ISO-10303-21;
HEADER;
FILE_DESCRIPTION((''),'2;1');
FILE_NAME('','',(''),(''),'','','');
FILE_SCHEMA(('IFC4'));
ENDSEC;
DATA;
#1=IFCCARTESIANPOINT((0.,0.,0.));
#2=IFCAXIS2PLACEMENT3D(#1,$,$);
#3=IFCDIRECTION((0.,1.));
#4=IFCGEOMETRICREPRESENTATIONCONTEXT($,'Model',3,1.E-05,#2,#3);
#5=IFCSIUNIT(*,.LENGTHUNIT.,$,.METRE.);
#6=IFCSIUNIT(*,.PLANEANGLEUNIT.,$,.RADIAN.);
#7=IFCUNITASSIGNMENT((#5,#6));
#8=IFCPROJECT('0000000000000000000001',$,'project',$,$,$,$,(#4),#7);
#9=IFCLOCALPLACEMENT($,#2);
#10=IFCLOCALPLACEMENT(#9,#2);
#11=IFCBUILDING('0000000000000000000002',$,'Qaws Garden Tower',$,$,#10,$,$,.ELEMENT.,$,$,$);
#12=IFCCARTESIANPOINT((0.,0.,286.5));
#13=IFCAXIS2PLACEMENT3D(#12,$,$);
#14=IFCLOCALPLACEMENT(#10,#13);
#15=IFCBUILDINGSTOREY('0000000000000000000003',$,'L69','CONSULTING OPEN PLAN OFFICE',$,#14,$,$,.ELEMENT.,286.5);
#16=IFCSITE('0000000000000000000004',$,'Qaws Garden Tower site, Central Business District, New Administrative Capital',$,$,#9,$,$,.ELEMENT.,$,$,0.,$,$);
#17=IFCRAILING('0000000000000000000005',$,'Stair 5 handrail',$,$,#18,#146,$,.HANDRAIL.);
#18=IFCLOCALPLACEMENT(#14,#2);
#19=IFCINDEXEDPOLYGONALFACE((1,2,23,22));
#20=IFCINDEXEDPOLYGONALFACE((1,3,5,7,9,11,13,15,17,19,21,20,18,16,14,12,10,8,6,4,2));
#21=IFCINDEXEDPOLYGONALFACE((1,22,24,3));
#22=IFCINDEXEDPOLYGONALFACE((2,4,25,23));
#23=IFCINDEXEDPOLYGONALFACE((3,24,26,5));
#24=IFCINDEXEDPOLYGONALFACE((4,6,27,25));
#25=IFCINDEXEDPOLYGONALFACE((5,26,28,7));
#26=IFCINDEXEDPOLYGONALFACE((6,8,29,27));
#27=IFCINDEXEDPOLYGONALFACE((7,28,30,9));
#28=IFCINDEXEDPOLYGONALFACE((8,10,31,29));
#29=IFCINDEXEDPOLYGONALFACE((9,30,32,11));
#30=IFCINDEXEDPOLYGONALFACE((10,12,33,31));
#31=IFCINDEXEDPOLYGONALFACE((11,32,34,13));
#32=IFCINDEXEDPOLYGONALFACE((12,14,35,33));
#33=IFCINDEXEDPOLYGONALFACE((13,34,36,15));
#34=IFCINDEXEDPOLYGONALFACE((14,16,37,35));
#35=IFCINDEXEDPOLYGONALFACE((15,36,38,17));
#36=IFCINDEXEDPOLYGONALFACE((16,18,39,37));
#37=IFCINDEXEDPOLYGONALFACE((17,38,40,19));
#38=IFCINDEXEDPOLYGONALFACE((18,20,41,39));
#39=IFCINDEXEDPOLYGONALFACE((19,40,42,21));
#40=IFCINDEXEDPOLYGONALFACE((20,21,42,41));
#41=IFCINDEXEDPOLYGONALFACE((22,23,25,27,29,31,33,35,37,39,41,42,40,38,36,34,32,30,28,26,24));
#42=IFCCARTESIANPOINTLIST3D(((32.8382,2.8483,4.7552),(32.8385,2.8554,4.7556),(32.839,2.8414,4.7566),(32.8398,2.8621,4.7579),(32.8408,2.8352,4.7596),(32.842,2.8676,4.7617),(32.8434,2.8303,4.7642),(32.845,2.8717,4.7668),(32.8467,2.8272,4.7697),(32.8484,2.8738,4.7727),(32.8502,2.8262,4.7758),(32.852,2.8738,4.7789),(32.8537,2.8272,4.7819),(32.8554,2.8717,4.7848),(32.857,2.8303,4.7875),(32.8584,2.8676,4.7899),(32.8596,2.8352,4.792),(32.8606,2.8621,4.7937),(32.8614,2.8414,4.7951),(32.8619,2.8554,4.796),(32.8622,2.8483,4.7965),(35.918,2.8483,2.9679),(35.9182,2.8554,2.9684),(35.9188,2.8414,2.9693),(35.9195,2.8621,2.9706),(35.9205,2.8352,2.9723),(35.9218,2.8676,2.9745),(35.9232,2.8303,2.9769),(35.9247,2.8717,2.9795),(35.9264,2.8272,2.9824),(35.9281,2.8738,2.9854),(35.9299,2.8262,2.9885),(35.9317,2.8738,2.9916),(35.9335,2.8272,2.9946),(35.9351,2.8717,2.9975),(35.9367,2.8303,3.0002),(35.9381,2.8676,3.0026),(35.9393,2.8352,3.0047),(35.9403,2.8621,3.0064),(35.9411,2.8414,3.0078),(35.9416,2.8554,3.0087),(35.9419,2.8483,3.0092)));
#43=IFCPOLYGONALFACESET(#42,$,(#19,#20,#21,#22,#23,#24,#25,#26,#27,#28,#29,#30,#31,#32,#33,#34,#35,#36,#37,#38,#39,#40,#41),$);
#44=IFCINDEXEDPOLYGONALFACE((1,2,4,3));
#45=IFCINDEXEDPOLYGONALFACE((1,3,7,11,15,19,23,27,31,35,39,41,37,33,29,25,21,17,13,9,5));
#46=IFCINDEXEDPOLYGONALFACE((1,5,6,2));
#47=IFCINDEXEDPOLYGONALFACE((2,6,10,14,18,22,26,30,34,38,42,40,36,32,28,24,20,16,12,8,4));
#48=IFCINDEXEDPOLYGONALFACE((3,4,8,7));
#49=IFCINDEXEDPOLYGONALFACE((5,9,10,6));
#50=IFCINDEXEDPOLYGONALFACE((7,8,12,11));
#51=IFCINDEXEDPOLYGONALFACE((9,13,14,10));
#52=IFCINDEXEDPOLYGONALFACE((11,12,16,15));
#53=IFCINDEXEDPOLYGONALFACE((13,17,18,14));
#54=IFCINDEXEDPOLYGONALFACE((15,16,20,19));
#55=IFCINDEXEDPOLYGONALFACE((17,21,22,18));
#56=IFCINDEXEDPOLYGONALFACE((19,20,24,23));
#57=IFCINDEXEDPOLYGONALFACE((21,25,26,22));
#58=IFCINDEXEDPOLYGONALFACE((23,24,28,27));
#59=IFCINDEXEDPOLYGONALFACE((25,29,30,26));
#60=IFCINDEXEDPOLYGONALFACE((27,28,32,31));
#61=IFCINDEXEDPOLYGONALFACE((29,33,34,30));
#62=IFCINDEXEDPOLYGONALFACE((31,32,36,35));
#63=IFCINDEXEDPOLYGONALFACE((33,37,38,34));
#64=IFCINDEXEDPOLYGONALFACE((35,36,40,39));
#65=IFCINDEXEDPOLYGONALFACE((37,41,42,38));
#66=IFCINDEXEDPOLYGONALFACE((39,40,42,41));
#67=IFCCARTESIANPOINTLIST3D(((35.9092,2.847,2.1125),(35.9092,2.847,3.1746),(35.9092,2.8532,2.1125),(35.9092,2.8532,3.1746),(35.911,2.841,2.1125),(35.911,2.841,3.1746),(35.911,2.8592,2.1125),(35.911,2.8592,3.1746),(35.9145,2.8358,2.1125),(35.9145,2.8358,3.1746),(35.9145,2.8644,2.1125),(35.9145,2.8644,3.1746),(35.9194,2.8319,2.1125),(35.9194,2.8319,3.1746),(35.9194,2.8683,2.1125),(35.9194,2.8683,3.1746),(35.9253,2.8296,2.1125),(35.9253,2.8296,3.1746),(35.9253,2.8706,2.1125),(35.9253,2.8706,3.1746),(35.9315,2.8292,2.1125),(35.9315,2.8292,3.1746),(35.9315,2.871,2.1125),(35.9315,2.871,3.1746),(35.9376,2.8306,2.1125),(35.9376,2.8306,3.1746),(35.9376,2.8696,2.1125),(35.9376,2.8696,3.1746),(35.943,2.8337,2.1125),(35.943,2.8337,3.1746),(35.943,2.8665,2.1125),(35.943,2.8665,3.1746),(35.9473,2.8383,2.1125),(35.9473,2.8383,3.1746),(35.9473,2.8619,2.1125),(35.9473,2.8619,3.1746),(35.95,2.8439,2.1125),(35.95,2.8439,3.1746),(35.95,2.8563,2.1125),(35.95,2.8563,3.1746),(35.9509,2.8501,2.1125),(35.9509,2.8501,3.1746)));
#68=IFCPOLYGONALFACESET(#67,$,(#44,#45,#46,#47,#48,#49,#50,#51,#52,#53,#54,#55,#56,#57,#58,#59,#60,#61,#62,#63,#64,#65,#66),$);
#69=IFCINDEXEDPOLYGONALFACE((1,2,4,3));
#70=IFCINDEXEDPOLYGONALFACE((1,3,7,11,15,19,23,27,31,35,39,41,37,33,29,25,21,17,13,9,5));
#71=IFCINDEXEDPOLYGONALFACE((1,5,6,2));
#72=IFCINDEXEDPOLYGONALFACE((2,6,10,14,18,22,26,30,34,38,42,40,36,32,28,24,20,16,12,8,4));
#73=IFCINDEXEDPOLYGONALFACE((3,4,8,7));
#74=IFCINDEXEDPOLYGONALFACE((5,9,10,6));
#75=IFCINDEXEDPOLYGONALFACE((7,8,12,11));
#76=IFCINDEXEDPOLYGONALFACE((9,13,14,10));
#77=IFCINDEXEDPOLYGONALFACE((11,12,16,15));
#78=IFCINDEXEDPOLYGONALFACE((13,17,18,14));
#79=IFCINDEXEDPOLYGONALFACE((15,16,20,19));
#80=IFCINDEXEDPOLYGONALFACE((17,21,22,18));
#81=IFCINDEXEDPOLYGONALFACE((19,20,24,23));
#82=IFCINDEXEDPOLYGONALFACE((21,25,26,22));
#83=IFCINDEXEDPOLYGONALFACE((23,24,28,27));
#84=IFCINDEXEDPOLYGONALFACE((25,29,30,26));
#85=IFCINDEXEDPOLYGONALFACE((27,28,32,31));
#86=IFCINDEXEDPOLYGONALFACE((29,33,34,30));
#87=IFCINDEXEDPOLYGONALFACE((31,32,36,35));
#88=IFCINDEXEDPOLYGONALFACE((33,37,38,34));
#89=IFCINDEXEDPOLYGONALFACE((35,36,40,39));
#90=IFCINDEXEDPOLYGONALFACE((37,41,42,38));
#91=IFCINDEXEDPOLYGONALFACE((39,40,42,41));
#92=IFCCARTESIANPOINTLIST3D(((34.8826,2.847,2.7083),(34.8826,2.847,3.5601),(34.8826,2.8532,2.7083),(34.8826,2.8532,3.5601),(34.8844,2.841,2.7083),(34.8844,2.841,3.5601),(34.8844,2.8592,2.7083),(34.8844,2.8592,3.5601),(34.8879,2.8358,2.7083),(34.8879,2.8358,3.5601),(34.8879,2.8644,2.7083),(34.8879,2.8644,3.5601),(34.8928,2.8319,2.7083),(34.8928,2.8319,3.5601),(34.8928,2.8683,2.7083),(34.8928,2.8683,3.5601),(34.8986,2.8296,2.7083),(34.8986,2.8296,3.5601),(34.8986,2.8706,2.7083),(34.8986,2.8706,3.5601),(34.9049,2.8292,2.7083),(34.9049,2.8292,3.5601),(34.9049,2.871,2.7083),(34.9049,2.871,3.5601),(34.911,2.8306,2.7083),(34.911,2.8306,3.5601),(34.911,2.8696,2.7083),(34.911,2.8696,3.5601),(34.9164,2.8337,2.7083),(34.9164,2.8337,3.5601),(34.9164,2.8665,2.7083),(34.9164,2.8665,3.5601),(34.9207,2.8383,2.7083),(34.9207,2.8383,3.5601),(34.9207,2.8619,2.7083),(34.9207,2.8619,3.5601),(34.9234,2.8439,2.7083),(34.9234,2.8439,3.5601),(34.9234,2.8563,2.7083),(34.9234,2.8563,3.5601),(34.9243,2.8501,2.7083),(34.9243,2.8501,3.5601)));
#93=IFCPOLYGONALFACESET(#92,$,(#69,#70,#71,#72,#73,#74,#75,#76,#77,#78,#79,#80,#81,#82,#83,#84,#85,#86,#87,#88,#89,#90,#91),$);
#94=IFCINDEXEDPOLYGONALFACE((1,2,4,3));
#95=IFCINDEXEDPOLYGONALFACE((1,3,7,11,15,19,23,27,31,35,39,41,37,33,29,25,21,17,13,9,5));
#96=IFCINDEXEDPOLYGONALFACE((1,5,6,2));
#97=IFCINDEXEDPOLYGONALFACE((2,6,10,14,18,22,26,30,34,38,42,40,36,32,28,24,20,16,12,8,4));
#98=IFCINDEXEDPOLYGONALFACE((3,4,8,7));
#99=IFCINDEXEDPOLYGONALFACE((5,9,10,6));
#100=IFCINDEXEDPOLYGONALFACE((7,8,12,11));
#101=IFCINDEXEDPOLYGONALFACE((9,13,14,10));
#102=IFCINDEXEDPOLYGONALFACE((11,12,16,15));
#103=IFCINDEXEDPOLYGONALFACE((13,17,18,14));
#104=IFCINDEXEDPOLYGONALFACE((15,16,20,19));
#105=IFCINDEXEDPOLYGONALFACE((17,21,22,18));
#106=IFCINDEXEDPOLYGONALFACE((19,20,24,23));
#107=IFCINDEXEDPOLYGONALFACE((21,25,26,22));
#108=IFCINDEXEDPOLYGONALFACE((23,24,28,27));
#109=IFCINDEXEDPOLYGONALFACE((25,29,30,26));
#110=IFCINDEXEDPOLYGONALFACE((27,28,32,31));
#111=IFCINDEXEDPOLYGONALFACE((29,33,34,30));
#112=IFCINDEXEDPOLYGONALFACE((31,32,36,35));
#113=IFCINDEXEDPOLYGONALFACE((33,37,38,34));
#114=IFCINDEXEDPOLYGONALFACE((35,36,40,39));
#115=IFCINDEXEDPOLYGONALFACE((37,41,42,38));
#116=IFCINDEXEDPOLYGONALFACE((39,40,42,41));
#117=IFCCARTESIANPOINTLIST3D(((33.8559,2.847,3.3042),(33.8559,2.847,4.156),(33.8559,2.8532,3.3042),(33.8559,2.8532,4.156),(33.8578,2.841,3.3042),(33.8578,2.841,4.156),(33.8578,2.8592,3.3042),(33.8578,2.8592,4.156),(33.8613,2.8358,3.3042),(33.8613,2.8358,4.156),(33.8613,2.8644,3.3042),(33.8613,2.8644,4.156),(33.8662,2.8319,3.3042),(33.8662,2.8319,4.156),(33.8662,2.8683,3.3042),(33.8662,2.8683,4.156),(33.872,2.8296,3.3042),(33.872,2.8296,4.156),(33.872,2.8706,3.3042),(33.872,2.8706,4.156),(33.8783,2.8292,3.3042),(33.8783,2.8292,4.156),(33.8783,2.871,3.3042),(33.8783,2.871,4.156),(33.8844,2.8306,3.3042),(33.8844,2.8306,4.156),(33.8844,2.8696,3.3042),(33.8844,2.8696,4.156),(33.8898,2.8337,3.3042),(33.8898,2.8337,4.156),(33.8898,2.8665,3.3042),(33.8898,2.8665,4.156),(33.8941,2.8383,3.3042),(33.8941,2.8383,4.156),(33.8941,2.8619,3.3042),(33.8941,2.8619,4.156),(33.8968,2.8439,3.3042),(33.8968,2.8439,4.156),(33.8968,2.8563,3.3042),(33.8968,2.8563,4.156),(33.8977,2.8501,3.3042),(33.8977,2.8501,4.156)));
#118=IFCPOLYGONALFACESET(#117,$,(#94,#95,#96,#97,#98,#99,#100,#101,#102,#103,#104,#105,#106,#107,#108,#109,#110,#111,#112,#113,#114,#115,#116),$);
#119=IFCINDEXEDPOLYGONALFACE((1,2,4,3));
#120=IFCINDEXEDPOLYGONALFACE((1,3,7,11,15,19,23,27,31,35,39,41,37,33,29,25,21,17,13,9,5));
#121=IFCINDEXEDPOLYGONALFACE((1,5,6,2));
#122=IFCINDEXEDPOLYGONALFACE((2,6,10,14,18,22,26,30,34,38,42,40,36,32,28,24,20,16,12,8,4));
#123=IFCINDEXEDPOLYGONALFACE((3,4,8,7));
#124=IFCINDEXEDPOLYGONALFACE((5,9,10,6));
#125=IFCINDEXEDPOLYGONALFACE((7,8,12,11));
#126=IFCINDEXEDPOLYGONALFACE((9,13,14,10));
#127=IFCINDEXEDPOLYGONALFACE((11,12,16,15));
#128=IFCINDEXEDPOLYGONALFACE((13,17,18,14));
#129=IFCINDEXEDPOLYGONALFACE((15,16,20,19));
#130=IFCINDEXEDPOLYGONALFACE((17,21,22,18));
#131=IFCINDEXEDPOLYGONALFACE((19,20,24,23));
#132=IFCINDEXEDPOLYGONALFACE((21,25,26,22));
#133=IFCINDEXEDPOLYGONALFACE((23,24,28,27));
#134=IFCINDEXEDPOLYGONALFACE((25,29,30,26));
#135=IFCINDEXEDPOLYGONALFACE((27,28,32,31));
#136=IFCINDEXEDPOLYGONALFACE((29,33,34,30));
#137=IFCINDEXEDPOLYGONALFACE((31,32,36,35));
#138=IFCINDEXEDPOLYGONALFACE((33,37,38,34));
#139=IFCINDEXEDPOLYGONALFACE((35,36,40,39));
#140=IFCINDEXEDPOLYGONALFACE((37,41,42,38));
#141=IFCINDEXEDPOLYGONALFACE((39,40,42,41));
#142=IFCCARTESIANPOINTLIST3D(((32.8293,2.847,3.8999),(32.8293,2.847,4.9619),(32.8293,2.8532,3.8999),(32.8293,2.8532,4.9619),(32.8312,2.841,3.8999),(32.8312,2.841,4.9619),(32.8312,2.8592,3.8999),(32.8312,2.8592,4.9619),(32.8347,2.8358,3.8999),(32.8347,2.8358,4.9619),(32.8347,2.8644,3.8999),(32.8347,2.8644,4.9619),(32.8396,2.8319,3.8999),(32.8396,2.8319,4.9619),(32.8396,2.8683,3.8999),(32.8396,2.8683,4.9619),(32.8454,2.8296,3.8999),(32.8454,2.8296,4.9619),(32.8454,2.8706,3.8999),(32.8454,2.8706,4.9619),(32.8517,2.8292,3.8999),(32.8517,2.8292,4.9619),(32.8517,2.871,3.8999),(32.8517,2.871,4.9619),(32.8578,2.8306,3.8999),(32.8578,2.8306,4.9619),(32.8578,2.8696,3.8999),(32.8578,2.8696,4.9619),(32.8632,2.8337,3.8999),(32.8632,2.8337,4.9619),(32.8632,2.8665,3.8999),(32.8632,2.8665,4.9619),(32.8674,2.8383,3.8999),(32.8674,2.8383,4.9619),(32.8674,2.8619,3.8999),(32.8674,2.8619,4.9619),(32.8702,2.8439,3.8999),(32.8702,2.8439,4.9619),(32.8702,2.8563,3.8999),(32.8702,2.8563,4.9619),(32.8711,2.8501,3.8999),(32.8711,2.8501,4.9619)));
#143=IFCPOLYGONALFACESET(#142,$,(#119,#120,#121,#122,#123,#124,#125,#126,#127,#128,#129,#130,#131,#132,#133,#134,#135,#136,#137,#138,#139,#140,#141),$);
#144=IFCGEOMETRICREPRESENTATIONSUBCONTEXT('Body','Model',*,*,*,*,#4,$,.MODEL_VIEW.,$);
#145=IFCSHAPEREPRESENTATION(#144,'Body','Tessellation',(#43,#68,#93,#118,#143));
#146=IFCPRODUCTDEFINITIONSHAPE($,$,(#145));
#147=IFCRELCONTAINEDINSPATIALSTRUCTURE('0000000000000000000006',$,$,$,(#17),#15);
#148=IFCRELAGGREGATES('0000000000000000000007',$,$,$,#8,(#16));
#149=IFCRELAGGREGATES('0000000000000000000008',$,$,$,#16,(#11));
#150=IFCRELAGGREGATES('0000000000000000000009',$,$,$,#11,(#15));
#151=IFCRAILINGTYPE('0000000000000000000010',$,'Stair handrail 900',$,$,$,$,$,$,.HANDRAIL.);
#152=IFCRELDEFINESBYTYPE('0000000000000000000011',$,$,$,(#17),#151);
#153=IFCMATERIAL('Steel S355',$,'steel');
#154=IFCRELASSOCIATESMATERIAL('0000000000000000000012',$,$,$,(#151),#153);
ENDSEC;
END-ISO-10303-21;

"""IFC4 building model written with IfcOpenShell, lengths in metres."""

from ifc_helpers import new_model, si_unit, direction, frame, origin, origin_2d, place, context, subcontext, project, spatial, circle, extrude, material, type_object, element, save


model = new_model("IFC4")

# Units and contexts
model_context = context("Model", 3, precision=1e-05, world=origin(), true_north=direction((0.0, 1.0)))
body_context = subcontext(model_context, "Body", "Model", "MODEL_VIEW")
ifc_project = project(units=[si_unit("LENGTHUNIT", "METRE"), si_unit("PLANEANGLEUNIT", "RADIAN")], contexts=[model_context])

# Site, building, storey
site_placement = place(None, origin())
site = spatial("IfcSite", under=ifc_project, at=site_placement, Name="Qaws Garden Tower site, Central Business District, New Administrative Capital", CompositionType="ELEMENT", RefElevation=0.0)
building_placement = place(site_placement, origin())
building = spatial("IfcBuilding", under=site, at=building_placement, Name="Qaws Garden Tower", CompositionType="ELEMENT")
storey_placement = place(building_placement, frame((0.0, 0.0, 286.5)))
storey = spatial("IfcBuildingStorey", under=building, at=storey_placement, Name="L69", Description="CONSULTING OPEN PLAN OFFICE", CompositionType="ELEMENT", Elevation=286.5)

# Railing
ifc_material_1 = material(Name="Steel S355", Category="steel")
railing_type = type_object("IfcRailingType", Name="Stair handrail 900", PredefinedType="HANDRAIL", material=ifc_material_1)
railing_1_placement = place(storey_placement, frame((35.9299, 2.8501, 2.1125)))
element("IfcRailing", 1, at=railing_1_placement, inside=storey, type_object=railing_type, Name="Stair 5 handrail", PredefinedType="HANDRAIL", context=body_context, shape_type="SweptSolid", body=[
    extrude(circle(Radius=0.0239, at=origin_2d()), frame((0.0, 0.0, 0.876), z_axis=(-0.864903, 0.0, 0.501939), x_axis=(0.0, -1.0, 0.0)), (0.0, 0.0, 1.0), 3.5608),
    extrude(circle(Radius=0.021, at=origin_2d()), origin(), (0.0, 0.0, 1.0), 1.062),
    extrude(circle(Radius=0.021, at=origin_2d()), frame((-1.0266, 0.0, 0.5957)), (0.0, 0.0, 1.0), 0.8518),
    extrude(circle(Radius=0.021, at=origin_2d()), frame((-2.0532, 0.0, 1.1917)), (0.0, 0.0, 1.0), 0.8518),
    extrude(circle(Radius=0.021, at=origin_2d()), frame((-3.0798, 0.0, 1.7874)), (0.0, 0.0, 1.0), 1.062),
])

save(model, "model.ifc")
